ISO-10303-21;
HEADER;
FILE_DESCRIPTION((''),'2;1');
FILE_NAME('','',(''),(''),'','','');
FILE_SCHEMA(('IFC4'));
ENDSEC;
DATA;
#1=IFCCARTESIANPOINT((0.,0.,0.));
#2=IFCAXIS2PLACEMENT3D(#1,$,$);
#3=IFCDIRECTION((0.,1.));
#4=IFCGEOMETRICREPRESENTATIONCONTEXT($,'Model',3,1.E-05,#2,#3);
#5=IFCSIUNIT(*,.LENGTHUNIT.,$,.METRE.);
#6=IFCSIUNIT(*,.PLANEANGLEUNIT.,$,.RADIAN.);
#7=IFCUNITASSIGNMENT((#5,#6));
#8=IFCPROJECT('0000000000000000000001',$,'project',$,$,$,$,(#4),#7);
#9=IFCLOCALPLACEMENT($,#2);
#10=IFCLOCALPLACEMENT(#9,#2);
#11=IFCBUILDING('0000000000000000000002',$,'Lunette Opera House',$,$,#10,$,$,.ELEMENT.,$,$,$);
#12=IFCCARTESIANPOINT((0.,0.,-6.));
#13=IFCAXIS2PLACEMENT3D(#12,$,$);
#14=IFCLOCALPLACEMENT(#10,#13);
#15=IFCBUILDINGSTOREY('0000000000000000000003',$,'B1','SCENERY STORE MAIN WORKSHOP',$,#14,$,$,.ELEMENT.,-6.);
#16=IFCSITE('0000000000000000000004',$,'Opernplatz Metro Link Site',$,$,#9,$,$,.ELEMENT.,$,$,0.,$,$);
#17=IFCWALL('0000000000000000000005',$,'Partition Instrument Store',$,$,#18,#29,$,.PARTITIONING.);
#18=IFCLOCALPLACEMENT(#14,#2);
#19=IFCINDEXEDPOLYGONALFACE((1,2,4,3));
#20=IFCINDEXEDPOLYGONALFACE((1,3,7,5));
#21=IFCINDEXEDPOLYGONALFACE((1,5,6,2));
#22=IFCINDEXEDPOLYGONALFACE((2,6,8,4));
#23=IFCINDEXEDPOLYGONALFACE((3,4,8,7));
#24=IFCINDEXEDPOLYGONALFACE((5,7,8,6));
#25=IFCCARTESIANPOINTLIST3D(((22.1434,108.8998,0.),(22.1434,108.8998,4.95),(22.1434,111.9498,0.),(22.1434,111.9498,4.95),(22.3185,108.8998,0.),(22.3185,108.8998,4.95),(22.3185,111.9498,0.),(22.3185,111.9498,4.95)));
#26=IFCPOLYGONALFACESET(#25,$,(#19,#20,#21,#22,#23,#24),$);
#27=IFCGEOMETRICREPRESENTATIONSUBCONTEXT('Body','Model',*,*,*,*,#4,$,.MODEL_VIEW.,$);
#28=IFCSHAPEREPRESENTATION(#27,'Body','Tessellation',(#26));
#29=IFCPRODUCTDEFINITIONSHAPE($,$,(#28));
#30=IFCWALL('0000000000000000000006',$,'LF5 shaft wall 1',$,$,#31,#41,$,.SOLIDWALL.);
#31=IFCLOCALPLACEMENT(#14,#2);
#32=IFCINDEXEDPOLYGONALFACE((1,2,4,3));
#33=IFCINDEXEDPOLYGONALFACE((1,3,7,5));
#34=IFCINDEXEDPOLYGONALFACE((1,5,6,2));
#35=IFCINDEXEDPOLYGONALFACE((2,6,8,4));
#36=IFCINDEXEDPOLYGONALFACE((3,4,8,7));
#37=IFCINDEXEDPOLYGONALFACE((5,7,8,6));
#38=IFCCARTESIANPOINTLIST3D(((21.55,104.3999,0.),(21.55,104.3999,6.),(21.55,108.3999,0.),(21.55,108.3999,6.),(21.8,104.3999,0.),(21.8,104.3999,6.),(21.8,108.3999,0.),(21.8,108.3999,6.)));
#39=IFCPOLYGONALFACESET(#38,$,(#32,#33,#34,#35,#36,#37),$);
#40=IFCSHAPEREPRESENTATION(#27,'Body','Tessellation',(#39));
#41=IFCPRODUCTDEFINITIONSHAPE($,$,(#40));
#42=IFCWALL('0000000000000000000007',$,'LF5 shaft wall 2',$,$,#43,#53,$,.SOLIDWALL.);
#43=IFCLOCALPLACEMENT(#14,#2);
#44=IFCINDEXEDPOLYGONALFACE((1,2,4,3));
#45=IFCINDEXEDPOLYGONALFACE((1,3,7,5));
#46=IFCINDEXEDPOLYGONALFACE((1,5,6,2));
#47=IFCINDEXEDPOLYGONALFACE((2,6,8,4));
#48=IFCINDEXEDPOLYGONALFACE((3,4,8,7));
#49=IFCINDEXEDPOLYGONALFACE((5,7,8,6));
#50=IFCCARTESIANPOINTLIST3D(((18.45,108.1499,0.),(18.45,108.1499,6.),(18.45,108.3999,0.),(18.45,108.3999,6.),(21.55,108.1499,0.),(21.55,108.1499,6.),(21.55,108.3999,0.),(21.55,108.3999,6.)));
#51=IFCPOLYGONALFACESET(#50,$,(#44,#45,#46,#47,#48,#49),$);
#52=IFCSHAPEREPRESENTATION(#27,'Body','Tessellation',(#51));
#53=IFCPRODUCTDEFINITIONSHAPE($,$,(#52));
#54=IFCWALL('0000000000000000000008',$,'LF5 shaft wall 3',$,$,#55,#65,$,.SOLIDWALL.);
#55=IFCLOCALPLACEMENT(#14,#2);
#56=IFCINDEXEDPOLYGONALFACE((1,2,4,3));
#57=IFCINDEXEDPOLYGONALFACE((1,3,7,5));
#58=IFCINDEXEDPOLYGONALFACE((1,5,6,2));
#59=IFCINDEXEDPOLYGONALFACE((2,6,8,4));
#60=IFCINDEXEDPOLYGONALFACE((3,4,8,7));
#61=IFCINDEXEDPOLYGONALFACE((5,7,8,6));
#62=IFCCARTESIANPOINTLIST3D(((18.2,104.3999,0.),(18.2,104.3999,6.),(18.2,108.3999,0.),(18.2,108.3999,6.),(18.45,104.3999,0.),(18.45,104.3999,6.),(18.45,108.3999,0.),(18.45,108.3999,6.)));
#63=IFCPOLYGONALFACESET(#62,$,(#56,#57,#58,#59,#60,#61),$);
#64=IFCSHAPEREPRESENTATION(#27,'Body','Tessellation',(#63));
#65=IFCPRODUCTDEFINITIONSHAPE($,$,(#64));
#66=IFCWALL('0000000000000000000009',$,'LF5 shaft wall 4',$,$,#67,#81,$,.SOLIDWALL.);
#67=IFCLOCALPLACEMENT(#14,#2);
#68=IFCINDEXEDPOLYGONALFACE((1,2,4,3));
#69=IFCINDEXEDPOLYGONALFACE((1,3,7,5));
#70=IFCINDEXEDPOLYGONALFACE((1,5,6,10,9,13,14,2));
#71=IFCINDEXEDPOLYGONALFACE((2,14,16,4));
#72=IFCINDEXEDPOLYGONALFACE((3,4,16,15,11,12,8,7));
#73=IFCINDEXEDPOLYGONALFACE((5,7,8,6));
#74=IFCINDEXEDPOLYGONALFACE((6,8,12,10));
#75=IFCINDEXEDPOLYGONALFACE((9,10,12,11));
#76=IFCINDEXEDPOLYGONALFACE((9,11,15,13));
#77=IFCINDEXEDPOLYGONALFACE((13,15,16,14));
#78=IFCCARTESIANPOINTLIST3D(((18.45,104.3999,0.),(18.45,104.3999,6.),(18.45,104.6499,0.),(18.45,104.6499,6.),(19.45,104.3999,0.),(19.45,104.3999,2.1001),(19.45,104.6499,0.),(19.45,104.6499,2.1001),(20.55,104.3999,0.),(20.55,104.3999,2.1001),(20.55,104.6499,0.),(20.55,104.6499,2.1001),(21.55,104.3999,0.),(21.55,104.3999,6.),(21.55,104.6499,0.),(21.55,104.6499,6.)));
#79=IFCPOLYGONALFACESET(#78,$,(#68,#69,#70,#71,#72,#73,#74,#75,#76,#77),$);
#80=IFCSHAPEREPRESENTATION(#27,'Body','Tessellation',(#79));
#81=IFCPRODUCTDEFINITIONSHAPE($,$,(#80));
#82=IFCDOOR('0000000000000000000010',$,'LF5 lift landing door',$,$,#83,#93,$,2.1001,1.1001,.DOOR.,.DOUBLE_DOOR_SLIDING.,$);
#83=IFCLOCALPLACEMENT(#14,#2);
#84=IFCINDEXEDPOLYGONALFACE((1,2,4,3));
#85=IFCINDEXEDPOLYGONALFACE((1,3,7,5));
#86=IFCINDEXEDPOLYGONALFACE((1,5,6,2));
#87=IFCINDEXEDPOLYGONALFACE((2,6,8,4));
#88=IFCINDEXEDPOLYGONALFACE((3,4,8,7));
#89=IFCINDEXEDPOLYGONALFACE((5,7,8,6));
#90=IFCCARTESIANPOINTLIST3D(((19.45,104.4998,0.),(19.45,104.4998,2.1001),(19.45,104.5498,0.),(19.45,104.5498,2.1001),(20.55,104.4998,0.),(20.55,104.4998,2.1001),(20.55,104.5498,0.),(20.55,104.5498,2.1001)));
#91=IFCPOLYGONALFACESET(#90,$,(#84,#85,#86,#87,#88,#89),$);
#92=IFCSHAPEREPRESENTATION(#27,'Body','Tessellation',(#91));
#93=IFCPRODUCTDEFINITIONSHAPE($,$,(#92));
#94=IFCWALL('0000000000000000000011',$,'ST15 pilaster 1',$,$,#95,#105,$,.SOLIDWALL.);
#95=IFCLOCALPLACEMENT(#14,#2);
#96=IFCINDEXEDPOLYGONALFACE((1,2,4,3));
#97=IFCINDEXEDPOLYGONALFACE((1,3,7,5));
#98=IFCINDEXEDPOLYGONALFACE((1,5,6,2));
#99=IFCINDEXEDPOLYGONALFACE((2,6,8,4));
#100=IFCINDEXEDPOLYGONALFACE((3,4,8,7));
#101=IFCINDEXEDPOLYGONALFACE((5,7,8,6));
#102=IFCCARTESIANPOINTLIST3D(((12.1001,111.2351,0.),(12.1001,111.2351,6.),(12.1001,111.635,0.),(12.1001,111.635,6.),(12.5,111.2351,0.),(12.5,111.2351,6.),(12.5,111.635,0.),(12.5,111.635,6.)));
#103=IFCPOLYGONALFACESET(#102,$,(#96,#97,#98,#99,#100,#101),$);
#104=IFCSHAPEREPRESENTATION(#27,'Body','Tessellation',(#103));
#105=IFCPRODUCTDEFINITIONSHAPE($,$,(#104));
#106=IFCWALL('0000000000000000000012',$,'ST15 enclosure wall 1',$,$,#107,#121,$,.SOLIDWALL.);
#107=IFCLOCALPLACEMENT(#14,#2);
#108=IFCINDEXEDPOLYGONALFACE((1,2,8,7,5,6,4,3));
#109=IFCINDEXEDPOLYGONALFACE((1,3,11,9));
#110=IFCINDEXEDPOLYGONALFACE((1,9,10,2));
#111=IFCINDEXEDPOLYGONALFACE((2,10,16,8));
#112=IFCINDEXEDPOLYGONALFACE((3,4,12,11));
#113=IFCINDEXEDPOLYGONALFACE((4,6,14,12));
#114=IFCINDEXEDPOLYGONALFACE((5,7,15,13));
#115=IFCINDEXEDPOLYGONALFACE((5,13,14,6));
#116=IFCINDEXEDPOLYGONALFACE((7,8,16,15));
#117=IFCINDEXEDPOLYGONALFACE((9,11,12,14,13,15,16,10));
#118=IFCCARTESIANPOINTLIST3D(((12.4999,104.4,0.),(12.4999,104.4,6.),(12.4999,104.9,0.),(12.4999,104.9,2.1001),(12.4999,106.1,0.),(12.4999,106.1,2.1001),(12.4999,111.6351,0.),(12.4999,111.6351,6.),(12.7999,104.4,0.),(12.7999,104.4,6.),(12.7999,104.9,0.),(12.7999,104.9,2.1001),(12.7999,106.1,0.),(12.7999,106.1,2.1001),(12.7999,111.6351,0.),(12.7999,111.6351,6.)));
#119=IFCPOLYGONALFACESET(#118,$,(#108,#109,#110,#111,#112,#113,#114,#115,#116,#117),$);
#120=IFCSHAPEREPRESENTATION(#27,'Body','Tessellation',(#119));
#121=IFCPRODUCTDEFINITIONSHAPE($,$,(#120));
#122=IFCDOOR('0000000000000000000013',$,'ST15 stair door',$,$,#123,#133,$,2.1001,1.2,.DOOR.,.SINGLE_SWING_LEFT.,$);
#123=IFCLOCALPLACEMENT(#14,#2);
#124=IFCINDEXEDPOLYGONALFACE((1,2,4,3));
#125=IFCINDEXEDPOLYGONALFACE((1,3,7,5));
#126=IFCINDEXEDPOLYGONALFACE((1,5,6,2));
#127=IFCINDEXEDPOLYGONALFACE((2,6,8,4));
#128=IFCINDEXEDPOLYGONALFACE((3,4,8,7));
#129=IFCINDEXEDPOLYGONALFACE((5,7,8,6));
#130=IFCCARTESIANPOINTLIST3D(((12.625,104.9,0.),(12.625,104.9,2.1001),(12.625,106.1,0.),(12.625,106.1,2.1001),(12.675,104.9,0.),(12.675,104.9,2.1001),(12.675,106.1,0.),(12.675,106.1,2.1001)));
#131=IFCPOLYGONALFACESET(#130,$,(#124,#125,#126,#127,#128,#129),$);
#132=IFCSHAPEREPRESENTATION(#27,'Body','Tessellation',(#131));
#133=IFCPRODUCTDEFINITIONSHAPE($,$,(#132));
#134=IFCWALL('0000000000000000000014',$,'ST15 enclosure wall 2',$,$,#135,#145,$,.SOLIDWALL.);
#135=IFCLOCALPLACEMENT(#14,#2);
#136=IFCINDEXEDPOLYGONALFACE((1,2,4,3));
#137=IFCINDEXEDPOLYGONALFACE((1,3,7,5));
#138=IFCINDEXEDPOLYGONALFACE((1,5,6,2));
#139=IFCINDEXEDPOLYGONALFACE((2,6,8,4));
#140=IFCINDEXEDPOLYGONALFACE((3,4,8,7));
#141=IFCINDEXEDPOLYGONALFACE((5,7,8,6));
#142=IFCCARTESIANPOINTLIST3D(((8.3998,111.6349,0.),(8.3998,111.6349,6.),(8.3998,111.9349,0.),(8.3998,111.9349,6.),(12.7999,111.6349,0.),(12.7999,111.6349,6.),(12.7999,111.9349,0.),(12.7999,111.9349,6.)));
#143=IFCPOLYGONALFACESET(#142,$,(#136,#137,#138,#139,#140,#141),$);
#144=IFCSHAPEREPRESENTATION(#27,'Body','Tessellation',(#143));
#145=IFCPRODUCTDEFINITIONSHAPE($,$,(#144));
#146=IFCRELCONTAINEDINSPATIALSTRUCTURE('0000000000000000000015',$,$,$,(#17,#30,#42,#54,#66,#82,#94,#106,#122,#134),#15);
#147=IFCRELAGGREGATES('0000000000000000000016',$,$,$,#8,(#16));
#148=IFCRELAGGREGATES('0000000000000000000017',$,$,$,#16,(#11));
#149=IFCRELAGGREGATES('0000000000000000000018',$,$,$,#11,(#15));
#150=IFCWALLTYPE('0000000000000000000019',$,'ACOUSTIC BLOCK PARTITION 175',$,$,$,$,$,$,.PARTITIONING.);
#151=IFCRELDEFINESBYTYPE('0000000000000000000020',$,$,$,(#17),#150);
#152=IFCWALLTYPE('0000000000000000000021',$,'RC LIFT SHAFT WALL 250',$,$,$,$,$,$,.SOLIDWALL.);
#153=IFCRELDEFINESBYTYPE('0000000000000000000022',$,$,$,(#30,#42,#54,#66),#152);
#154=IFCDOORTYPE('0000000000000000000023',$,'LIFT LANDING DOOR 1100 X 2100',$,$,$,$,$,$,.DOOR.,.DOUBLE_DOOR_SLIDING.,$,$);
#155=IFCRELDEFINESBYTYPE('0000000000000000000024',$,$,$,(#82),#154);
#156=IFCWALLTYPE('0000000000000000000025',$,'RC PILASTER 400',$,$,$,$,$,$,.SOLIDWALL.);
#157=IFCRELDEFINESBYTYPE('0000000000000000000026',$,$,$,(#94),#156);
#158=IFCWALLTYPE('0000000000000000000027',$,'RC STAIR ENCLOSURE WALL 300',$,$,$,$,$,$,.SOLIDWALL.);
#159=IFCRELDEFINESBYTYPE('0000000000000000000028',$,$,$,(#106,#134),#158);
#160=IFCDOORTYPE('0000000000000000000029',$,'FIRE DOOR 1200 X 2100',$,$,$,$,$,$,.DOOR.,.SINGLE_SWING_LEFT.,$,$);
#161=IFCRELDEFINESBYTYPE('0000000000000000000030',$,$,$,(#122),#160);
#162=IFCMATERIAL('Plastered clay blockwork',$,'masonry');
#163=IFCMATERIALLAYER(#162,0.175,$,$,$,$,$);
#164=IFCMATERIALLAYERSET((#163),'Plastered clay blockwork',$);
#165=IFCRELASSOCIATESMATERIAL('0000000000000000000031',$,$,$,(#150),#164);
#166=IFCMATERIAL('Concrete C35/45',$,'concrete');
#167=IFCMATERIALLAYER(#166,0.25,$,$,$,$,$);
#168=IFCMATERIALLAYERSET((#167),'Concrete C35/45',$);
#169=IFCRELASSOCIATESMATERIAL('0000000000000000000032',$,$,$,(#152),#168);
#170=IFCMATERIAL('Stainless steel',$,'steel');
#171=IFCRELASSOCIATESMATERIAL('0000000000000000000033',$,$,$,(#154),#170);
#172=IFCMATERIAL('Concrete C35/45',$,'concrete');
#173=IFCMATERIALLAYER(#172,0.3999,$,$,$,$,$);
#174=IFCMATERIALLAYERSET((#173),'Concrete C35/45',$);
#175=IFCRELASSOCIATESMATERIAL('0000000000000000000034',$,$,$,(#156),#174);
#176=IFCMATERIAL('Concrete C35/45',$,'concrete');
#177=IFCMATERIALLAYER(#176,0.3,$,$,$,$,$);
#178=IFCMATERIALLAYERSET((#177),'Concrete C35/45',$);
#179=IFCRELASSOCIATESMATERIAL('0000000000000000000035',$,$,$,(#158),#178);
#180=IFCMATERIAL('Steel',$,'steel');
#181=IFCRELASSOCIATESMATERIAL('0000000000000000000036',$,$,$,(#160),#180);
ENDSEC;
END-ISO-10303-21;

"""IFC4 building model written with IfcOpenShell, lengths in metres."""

from ifc_helpers import new_model, si_unit, direction, frame, frame_2d, origin, place, context, subcontext, project, spatial, rectangle, extrude, material, layer, layer_set, type_object, element, fill, save


model = new_model("IFC4")

# Units and contexts
model_context = context("Model", 3, precision=1e-05, world=origin(), true_north=direction((0.0, 1.0)))
body_context = subcontext(model_context, "Body", "Model", "MODEL_VIEW")
ifc_project = project(units=[si_unit("LENGTHUNIT", "METRE"), si_unit("PLANEANGLEUNIT", "RADIAN")], contexts=[model_context])

# Site, building, storey
site_placement = place(None, origin())
site = spatial("IfcSite", under=ifc_project, at=site_placement, Name="Opernplatz Metro Link Site", CompositionType="ELEMENT", RefElevation=0.0)
building_placement = place(site_placement, origin())
building = spatial("IfcBuilding", under=site, at=building_placement, Name="Lunette Opera House", CompositionType="ELEMENT")
storey_placement = place(building_placement, frame((0.0, 0.0, -6.0)))
storey = spatial("IfcBuildingStorey", under=building, at=storey_placement, Name="B1", Description="SCENERY STORE MAIN WORKSHOP", CompositionType="ELEMENT", Elevation=-6.0)

# Walls
ifc_material_1 = material(Name="Plastered clay blockwork", Category="masonry")
ifc_layer_1 = layer(ifc_material_1, 0.175)
ifc_layer_set_1 = layer_set([ifc_layer_1], Name="Plastered clay blockwork")
wall_type_1 = type_object("IfcWallType", Name="ACOUSTIC BLOCK PARTITION 175", PredefinedType="PARTITIONING", material=ifc_layer_set_1)
wall_1_placement = place(storey_placement, frame((22.231, 108.8999, 0.0), z_axis=(0.0, 0.0, 1.0), x_axis=(0.0, 1.0, 0.0)))
element("IfcWall", 1, at=wall_1_placement, inside=storey, type_object=wall_type_1, Name="Partition Instrument Store", PredefinedType="PARTITIONING", context=body_context, shape_type="SweptSolid", body=[
    extrude(rectangle(XDim=3.05, YDim=0.175, at=frame_2d((1.5249, 0.0))), origin(), (0.0, 0.0, 1.0), 4.95),
])
ifc_material_2 = material(Name="Concrete C35/45", Category="concrete")
ifc_layer_2 = layer(ifc_material_2, 0.25)
ifc_layer_set_2 = layer_set([ifc_layer_2], Name="Concrete C35/45")
wall_type_2 = type_object("IfcWallType", Name="RC LIFT SHAFT WALL 250", PredefinedType="SOLIDWALL", material=ifc_layer_set_2)
wall_2_placement = place(storey_placement, frame((21.675, 104.3999, 0.0), z_axis=(0.0, 0.0, 1.0), x_axis=(0.0, 1.0, 0.0)))
element("IfcWall", 2, at=wall_2_placement, inside=storey, type_object=wall_type_2, Name="LF5 shaft wall 1", PredefinedType="SOLIDWALL", context=body_context, shape_type="SweptSolid", body=[
    extrude(rectangle(XDim=4.0, YDim=0.25, at=frame_2d((2.0, 0.0))), origin(), (0.0, 0.0, 1.0), 6.0),
])
wall_3_placement = place(storey_placement, frame((21.55, 108.2749, 0.0), z_axis=(0.0, 0.0, 1.0), x_axis=(-1.0, 0.0, 0.0)))
element("IfcWall", 3, at=wall_3_placement, inside=storey, type_object=wall_type_2, Name="LF5 shaft wall 2", PredefinedType="SOLIDWALL", context=body_context, shape_type="SweptSolid", body=[
    extrude(rectangle(XDim=3.1001, YDim=0.25, at=frame_2d((1.55, 0.0))), origin(), (0.0, 0.0, 1.0), 6.0),
])
wall_4_placement = place(storey_placement, frame((18.325, 108.3999, 0.0), z_axis=(0.0, 0.0, 1.0), x_axis=(0.0, -1.0, 0.0)))
element("IfcWall", 4, at=wall_4_placement, inside=storey, type_object=wall_type_2, Name="LF5 shaft wall 3", PredefinedType="SOLIDWALL", context=body_context, shape_type="SweptSolid", body=[
    extrude(rectangle(XDim=4.0, YDim=0.25, at=frame_2d((2.0, 0.0))), origin(), (0.0, 0.0, 1.0), 6.0),
])

# Wall, opening, door
wall_5_placement = place(storey_placement, frame((18.45, 104.5249, 0.0), z_axis=(0.0, 0.0, 1.0), x_axis=(1.0, 0.0, 0.0)))
wall_5 = element("IfcWall", 5, at=wall_5_placement, inside=storey, type_object=wall_type_2, Name="LF5 shaft wall 4", PredefinedType="SOLIDWALL", context=body_context, shape_type="SweptSolid", body=[
    extrude(rectangle(XDim=3.1001, YDim=0.25, at=frame_2d((1.55, 0.0))), origin(), (0.0, 0.0, 1.0), 6.0),
])
opening_1_placement = place(wall_5_placement, frame((1.0, 0.0, 0.0)))
opening_1 = element("IfcOpeningElement", 6, at=opening_1_placement, cuts=wall_5, PredefinedType="OPENING", context=body_context, shape_type="SweptSolid", body=[
    extrude(rectangle(XDim=1.1001, YDim=2.1001, at=frame_2d((0.55, 1.05))), frame((0.0, 0.137, 0.0), z_axis=(0.0, -1.0, 0.0), x_axis=(1.0, 0.0, 0.0)), (0.0, 0.0, 1.0), 0.2739),
])
ifc_material_3 = material(Name="Stainless steel", Category="steel")
door_type_1 = type_object("IfcDoorType", Name="LIFT LANDING DOOR 1100 X 2100", OperationType="DOUBLE_DOOR_SLIDING", PredefinedType="DOOR", material=ifc_material_3)
door_1_placement = place(opening_1_placement, origin())
door_1 = element("IfcDoor", 7, at=door_1_placement, inside=storey, type_object=door_type_1, Name="LF5 lift landing door", OperationType="DOUBLE_DOOR_SLIDING", OverallHeight=2.1001, OverallWidth=1.1001, PredefinedType="DOOR", context=body_context, shape_type="SweptSolid", body=[
    extrude(rectangle(XDim=1.1001, YDim=2.1001, at=frame_2d((0.55, 1.05))), frame((0.0, 0.0249, 0.0), z_axis=(0.0, -1.0, 0.0), x_axis=(1.0, 0.0, 0.0)), (0.0, 0.0, 1.0), 0.05),
])
fill(opening_1, door_1)

# Wall
ifc_material_4 = material(Name="Concrete C35/45", Category="concrete")
ifc_layer_3 = layer(ifc_material_4, 0.3999)
ifc_layer_set_3 = layer_set([ifc_layer_3], Name="Concrete C35/45")
wall_type_3 = type_object("IfcWallType", Name="RC PILASTER 400", PredefinedType="SOLIDWALL", material=ifc_layer_set_3)
wall_6_placement = place(storey_placement, frame((12.5, 111.4351, 0.0), z_axis=(0.0, 0.0, 1.0), x_axis=(-1.0, 0.0, 0.0)))
element("IfcWall", 8, at=wall_6_placement, inside=storey, type_object=wall_type_3, Name="ST15 pilaster 1", PredefinedType="SOLIDWALL", context=body_context, shape_type="SweptSolid", body=[
    extrude(rectangle(XDim=0.3999, YDim=0.3999, at=frame_2d((0.2, 0.0))), origin(), (0.0, 0.0, 1.0), 6.0),
])

# Wall, opening, door
ifc_material_5 = material(Name="Concrete C35/45", Category="concrete")
ifc_layer_4 = layer(ifc_material_5, 0.3)
ifc_layer_set_4 = layer_set([ifc_layer_4], Name="Concrete C35/45")
wall_type_4 = type_object("IfcWallType", Name="RC STAIR ENCLOSURE WALL 300", PredefinedType="SOLIDWALL", material=ifc_layer_set_4)
wall_7_placement = place(storey_placement, frame((12.6499, 104.3999, 0.0), z_axis=(0.0, 0.0, 1.0), x_axis=(0.0, 1.0, 0.0)))
wall_7 = element("IfcWall", 9, at=wall_7_placement, inside=storey, type_object=wall_type_4, Name="ST15 enclosure wall 1", PredefinedType="SOLIDWALL", context=body_context, shape_type="SweptSolid", body=[
    extrude(rectangle(XDim=7.2351, YDim=0.3, at=frame_2d((3.6177, 0.0))), origin(), (0.0, 0.0, 1.0), 6.0),
])
opening_2_placement = place(wall_7_placement, frame((0.5, 0.0, 0.0)))
opening_2 = element("IfcOpeningElement", 10, at=opening_2_placement, cuts=wall_7, PredefinedType="OPENING", context=body_context, shape_type="SweptSolid", body=[
    extrude(rectangle(XDim=1.2, YDim=2.1001, at=frame_2d((0.6001, 1.05))), frame((0.0, 0.1621, 0.0), z_axis=(0.0, -1.0, 0.0), x_axis=(1.0, 0.0, 0.0)), (0.0, 0.0, 1.0), 0.324),
])
ifc_material_6 = material(Name="Steel", Category="steel")
door_type_2 = type_object("IfcDoorType", Name="FIRE DOOR 1200 X 2100", OperationType="SINGLE_SWING_LEFT", PredefinedType="DOOR", material=ifc_material_6)
door_2_placement = place(opening_2_placement, origin())
door_2 = element("IfcDoor", 11, at=door_2_placement, inside=storey, type_object=door_type_2, Name="ST15 stair door", OperationType="SINGLE_SWING_LEFT", OverallHeight=2.1001, OverallWidth=1.2, PredefinedType="DOOR", context=body_context, shape_type="SweptSolid", body=[
    extrude(rectangle(XDim=1.2, YDim=2.1001, at=frame_2d((0.6001, 1.05))), frame((0.0, 0.0249, 0.0), z_axis=(0.0, -1.0, 0.0), x_axis=(1.0, 0.0, 0.0)), (0.0, 0.0, 1.0), 0.05),
])
fill(opening_2, door_2)

# Wall
wall_8_placement = place(storey_placement, frame((12.8, 111.7849, 0.0), z_axis=(0.0, 0.0, 1.0), x_axis=(-1.0, 0.0, 0.0)))
element("IfcWall", 12, at=wall_8_placement, inside=storey, type_object=wall_type_4, Name="ST15 enclosure wall 2", PredefinedType="SOLIDWALL", context=body_context, shape_type="SweptSolid", body=[
    extrude(rectangle(XDim=4.4001, YDim=0.3, at=frame_2d((2.2002, 0.0))), origin(), (0.0, 0.0, 1.0), 6.0),
])

save(model, "model.ifc")
